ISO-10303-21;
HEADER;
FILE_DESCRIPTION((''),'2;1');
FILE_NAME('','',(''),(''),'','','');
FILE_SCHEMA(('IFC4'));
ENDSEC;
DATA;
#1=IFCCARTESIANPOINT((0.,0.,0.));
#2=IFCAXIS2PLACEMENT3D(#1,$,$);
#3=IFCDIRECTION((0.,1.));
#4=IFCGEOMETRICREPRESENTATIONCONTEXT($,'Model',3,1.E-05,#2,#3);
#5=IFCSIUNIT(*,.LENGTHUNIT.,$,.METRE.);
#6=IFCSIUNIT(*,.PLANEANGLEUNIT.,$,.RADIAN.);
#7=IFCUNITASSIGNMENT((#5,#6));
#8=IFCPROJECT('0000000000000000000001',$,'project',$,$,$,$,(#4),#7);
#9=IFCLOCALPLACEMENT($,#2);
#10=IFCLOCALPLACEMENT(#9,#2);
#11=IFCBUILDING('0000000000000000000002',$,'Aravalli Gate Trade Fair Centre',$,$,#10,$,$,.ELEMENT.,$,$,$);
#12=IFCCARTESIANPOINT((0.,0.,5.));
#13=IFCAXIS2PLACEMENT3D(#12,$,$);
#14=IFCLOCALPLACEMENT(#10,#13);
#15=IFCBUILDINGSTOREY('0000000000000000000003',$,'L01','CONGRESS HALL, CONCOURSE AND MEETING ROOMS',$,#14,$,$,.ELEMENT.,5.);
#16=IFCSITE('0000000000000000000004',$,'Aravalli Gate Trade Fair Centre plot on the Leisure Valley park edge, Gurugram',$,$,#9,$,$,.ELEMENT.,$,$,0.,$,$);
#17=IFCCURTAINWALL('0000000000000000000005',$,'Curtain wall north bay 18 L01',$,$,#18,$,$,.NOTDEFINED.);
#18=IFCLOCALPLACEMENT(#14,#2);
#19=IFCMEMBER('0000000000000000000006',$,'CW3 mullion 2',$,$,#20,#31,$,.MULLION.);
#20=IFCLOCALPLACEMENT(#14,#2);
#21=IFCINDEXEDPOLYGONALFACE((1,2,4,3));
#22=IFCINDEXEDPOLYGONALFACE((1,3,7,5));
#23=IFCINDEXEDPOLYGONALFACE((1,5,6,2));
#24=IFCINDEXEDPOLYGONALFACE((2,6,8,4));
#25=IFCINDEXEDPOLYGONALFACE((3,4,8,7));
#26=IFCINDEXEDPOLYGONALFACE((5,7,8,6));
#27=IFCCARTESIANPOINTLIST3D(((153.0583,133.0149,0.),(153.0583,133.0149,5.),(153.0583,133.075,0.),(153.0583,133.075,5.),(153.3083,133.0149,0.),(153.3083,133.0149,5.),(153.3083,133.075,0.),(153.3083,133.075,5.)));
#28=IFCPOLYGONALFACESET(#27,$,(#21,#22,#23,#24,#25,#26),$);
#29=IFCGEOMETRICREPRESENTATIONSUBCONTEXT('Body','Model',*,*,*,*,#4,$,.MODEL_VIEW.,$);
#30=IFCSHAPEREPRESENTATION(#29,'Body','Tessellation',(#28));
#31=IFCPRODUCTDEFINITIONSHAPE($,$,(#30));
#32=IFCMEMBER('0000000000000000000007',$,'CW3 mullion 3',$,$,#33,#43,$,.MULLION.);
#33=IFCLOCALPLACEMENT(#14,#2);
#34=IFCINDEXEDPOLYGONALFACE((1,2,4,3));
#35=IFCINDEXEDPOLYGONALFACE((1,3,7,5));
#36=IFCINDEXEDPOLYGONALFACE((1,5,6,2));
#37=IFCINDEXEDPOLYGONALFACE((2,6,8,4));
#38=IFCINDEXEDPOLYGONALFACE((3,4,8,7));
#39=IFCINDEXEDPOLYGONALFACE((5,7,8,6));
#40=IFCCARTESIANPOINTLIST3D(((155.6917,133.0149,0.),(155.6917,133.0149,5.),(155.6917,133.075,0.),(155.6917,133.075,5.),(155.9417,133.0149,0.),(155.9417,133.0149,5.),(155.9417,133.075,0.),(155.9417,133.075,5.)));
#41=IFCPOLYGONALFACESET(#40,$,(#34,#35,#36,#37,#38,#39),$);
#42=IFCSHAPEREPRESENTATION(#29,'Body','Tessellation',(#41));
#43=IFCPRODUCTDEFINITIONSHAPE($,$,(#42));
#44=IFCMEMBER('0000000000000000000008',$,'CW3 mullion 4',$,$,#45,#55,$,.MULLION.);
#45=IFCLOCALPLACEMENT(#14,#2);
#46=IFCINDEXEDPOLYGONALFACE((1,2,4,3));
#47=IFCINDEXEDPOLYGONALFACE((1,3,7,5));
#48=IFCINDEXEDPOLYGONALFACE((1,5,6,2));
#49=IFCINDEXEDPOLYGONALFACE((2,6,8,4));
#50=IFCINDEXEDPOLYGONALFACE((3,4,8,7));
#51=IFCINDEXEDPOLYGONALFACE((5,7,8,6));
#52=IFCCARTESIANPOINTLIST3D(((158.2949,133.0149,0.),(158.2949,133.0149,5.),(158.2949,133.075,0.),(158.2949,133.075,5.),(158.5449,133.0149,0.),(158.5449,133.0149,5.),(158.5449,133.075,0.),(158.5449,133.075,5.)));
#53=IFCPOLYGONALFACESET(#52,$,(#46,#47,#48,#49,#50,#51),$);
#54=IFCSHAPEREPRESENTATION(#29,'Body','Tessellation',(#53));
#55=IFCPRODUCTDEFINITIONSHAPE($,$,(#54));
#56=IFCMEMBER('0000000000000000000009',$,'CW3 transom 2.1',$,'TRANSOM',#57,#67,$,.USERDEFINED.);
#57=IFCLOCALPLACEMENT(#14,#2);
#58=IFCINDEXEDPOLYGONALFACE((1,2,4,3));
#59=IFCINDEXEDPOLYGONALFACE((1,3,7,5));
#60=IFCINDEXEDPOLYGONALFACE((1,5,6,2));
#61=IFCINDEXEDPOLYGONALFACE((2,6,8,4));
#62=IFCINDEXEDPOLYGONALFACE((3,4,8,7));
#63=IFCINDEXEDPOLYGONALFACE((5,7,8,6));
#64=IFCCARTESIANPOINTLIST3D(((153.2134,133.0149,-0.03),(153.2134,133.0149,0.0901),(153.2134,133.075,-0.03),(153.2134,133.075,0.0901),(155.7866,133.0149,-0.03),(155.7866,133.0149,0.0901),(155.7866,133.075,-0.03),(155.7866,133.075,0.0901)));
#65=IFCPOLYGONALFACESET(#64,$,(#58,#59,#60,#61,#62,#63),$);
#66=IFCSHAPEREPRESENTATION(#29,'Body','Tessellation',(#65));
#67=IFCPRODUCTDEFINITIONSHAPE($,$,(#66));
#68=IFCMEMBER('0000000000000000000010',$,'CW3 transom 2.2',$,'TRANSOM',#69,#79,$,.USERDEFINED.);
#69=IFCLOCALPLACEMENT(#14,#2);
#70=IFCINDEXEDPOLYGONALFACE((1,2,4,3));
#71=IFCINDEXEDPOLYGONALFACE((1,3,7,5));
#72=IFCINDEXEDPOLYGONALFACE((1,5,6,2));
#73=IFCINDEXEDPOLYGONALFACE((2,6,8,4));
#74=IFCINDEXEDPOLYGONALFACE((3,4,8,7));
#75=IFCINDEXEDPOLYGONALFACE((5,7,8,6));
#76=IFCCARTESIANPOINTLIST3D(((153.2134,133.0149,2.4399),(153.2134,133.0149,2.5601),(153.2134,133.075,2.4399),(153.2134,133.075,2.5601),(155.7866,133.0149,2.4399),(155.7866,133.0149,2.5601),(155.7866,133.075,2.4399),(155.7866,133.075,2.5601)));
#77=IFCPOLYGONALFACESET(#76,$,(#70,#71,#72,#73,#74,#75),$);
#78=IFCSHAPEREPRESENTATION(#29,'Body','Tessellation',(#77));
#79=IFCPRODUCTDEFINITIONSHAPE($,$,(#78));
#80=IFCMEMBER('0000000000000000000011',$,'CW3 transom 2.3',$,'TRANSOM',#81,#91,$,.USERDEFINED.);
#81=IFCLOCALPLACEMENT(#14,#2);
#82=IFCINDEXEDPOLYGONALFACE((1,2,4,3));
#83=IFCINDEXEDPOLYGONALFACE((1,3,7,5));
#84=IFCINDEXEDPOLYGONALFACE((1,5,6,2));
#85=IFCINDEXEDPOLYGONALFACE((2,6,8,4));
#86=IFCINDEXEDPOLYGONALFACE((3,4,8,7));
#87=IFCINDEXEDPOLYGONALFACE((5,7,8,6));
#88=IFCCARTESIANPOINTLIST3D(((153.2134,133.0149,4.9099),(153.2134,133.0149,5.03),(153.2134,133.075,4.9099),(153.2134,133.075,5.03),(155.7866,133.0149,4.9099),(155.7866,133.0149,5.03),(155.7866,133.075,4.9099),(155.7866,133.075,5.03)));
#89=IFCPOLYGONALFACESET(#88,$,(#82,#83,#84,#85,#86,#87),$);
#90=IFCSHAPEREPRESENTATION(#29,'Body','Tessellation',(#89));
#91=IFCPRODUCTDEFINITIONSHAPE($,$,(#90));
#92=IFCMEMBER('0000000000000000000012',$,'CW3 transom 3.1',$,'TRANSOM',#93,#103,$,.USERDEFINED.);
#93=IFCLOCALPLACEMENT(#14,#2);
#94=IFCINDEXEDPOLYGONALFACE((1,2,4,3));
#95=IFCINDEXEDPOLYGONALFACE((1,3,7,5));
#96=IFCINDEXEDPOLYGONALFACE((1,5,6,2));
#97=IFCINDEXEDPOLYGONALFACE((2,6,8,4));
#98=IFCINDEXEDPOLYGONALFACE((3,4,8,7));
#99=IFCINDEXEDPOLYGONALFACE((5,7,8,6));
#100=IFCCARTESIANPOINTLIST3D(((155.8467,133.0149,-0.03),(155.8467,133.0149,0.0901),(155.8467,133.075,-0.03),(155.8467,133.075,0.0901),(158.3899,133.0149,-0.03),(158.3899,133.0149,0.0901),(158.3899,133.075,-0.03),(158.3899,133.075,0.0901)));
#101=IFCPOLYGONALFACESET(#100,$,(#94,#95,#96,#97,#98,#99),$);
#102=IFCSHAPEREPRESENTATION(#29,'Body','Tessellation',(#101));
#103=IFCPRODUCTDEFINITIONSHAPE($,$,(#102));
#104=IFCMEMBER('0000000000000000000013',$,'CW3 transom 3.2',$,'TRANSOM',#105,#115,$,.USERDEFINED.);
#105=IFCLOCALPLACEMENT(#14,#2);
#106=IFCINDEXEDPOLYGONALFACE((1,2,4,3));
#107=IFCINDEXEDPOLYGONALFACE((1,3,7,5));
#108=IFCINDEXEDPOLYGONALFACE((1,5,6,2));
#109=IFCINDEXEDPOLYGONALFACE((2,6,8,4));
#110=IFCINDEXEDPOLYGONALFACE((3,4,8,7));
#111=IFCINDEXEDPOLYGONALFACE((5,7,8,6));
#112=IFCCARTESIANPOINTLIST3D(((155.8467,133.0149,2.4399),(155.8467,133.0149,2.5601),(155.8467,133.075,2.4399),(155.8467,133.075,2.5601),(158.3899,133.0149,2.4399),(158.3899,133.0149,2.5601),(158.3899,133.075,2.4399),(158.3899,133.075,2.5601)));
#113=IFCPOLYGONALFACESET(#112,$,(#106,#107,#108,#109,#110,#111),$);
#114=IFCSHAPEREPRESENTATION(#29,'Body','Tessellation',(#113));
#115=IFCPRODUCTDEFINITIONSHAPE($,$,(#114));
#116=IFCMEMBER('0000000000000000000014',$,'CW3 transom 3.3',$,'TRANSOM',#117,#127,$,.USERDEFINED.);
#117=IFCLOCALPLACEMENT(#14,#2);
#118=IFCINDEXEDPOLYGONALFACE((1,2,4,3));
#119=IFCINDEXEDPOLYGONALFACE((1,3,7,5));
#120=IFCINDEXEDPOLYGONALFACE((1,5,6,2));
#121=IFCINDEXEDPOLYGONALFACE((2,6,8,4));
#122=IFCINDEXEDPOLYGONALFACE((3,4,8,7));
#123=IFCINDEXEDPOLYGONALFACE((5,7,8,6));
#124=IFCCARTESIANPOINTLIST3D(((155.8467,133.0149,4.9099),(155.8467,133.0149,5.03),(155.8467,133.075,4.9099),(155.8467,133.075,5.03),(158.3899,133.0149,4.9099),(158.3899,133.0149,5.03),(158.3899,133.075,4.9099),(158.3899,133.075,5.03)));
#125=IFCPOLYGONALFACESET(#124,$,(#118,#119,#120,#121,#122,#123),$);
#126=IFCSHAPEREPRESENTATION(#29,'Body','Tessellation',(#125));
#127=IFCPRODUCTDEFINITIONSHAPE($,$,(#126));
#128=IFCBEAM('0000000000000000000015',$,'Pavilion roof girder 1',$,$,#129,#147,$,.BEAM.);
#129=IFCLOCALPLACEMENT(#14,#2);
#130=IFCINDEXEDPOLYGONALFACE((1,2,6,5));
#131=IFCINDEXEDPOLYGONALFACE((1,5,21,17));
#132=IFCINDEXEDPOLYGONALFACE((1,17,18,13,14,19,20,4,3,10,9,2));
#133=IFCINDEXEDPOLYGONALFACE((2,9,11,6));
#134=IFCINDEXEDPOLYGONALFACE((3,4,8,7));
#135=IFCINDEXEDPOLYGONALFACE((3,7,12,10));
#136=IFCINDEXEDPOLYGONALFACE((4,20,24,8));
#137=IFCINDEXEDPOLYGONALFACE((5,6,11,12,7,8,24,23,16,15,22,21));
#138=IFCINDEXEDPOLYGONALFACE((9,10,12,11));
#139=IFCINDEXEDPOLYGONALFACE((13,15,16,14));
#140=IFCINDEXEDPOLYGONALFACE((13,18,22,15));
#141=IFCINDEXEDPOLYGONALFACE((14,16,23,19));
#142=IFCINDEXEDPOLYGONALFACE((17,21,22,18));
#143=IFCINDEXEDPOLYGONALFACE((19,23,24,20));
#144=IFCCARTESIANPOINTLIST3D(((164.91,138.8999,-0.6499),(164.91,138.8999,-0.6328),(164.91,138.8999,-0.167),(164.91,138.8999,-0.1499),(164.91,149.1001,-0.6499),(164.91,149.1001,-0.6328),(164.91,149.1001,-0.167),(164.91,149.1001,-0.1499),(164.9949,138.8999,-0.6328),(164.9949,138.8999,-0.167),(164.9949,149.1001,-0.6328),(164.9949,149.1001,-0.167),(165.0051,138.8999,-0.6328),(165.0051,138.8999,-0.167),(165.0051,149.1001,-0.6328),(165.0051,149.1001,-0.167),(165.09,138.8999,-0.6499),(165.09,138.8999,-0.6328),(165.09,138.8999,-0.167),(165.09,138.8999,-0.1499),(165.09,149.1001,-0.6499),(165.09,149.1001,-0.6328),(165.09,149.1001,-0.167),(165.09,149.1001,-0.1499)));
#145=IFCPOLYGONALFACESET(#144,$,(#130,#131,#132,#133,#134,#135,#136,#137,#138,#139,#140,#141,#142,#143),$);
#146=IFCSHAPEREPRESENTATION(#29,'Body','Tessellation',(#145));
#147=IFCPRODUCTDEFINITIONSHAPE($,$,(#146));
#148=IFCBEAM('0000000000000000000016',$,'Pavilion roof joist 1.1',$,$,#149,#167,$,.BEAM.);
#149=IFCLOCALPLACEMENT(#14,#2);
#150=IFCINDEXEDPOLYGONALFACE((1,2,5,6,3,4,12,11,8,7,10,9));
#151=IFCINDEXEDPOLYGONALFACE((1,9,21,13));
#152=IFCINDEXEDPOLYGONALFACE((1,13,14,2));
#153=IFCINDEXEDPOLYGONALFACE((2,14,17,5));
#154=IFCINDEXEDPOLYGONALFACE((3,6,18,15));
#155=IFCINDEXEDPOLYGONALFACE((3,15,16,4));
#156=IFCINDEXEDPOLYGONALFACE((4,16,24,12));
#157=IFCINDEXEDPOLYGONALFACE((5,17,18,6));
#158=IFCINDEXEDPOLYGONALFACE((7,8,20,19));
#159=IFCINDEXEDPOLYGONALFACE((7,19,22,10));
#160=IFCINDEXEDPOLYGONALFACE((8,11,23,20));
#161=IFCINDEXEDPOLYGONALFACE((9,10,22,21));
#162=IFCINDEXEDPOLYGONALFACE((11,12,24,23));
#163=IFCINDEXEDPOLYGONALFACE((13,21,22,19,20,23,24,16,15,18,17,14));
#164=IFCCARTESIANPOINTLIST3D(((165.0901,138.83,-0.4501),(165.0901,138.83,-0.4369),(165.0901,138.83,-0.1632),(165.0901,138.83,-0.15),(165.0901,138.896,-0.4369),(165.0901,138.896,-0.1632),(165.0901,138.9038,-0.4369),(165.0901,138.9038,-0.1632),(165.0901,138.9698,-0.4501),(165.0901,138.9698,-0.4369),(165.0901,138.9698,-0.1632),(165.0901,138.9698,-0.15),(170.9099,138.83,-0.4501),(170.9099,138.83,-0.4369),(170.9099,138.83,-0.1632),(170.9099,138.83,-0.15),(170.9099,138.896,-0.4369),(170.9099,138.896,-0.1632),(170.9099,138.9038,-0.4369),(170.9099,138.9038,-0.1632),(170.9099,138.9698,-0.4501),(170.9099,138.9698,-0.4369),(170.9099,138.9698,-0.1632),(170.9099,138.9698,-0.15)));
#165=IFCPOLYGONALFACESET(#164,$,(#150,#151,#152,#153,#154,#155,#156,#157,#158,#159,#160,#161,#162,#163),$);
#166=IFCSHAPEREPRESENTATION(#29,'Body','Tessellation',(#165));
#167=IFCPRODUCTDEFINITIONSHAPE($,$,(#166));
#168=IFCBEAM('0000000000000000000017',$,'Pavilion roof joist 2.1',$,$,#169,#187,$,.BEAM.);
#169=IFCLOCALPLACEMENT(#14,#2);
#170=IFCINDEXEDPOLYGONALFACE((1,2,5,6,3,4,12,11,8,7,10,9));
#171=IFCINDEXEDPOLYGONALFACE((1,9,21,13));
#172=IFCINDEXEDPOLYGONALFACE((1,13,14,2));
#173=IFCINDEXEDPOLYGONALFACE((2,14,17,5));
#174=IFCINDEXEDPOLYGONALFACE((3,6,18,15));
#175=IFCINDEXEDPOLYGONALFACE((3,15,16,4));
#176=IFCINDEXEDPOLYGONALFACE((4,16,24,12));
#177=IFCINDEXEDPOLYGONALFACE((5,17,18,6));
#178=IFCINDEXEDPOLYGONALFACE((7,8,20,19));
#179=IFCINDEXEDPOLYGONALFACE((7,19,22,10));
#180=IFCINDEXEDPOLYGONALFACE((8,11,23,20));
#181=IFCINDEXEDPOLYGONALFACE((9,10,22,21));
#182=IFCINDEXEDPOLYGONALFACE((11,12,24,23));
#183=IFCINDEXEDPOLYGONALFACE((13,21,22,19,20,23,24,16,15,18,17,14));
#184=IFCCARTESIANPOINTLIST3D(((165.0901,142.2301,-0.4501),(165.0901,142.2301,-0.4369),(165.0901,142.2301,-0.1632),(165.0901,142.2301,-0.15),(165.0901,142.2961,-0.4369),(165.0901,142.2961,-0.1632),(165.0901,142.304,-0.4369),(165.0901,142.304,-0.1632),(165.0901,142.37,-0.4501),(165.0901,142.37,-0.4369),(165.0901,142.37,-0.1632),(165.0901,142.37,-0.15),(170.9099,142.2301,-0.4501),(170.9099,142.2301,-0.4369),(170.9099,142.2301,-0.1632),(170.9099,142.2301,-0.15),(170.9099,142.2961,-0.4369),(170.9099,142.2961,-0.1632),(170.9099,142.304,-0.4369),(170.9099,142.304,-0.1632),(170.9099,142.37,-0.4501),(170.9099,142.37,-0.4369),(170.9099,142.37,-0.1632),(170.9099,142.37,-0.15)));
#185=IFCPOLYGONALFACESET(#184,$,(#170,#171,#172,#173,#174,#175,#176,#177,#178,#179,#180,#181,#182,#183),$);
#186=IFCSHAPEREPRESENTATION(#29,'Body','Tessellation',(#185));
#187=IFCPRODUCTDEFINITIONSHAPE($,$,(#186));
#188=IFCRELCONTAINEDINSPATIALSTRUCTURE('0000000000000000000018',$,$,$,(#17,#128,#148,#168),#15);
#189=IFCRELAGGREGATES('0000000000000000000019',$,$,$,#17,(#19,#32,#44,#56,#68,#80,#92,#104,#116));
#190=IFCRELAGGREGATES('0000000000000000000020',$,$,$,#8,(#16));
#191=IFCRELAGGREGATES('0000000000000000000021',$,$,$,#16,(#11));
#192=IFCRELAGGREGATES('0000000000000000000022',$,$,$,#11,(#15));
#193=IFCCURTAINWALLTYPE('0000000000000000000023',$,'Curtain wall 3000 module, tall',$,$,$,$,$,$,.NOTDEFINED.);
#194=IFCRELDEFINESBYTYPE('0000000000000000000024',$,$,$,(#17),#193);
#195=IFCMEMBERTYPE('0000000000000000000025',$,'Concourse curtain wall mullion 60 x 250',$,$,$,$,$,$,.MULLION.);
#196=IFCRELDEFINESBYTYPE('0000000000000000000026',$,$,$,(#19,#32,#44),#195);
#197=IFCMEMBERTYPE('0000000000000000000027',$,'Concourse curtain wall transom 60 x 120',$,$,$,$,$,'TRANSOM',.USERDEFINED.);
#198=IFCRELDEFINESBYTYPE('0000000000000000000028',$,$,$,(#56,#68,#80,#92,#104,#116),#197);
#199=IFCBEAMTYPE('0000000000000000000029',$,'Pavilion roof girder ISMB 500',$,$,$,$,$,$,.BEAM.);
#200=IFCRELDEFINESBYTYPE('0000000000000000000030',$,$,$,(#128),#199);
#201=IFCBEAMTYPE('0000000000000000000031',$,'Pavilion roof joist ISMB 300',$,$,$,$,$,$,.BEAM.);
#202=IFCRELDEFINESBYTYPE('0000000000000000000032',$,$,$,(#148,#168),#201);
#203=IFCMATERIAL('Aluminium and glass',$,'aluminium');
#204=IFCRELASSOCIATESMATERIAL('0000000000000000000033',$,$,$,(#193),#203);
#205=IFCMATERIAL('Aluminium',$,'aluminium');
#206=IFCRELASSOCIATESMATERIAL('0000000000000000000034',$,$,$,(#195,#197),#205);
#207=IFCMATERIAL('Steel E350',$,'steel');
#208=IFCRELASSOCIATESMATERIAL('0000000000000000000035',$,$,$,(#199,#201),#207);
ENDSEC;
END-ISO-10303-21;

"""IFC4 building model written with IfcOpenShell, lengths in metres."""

from ifc_helpers import new_model, si_unit, direction, frame, origin, origin_2d, place, context, subcontext, project, spatial, rectangle, i_section, extrude, material, material_profile, profile_set, type_object, element, aggregate, save


model = new_model("IFC4")

# Units and contexts
model_context = context("Model", 3, precision=1e-05, world=origin(), true_north=direction((0.0, 1.0)))
body_context = subcontext(model_context, "Body", "Model", "MODEL_VIEW")
ifc_project = project(units=[si_unit("LENGTHUNIT", "METRE"), si_unit("PLANEANGLEUNIT", "RADIAN")], contexts=[model_context])

# Site, building, storey
site_placement = place(None, origin())
site = spatial("IfcSite", under=ifc_project, at=site_placement, Name="Aravalli Gate Trade Fair Centre plot on the Leisure Valley park edge, Gurugram", CompositionType="ELEMENT", RefElevation=0.0)
building_placement = place(site_placement, origin())
building = spatial("IfcBuilding", under=site, at=building_placement, Name="Aravalli Gate Trade Fair Centre", CompositionType="ELEMENT")
storey_placement = place(building_placement, frame((0.0, 0.0, 5.0)))
storey = spatial("IfcBuildingStorey", under=building, at=storey_placement, Name="L01", Description="CONGRESS HALL, CONCOURSE AND MEETING ROOMS", CompositionType="ELEMENT", Elevation=5.0)

# Curtain wall, members
ifc_material_1 = material(Name="Aluminium and glass", Category="aluminium")
curtain_wall_type_1 = type_object("IfcCurtainWallType", Name="Curtain wall 3000 module, tall", PredefinedType="NOTDEFINED", material=ifc_material_1)
curtain_wall_1_placement = place(storey_placement, origin())
curtain_wall_1 = element("IfcCurtainWall", 1, at=curtain_wall_1_placement, inside=storey, type_object=curtain_wall_type_1, Name="Curtain wall north bay 18 L01", PredefinedType="NOTDEFINED")
ifc_material_2 = material(Name="Aluminium", Category="aluminium")
ifc_material_profile_1 = material_profile(ifc_material_2, rectangle(XDim=0.0601, YDim=0.25, at=origin_2d()), Name="Concourse curtain wall mullion 60 x 250")
ifc_profile_set_1 = profile_set([ifc_material_profile_1], Name="Aluminium")
member_type_1 = type_object("IfcMemberType", Name="Concourse curtain wall mullion 60 x 250", PredefinedType="MULLION", material=ifc_profile_set_1)
member_1_placement = place(storey_placement, frame((153.1833, 133.0449, 0.0), z_axis=(0.0, 0.0, 1.0), x_axis=(0.0, 1.0, 0.0)))
member_1 = element("IfcMember", 2, at=member_1_placement, type_object=member_type_1, Name="CW3 mullion 2", PredefinedType="MULLION", context=body_context, shape_type="SweptSolid", body=[
    extrude(rectangle(XDim=0.0601, YDim=0.25, at=origin_2d()), origin(), (0.0, 0.0, 1.0), 5.0),
])
member_2_placement = place(storey_placement, frame((155.8167, 133.0449, 0.0), z_axis=(0.0, 0.0, 1.0), x_axis=(0.0, 1.0, 0.0)))
member_2 = element("IfcMember", 3, at=member_2_placement, type_object=member_type_1, Name="CW3 mullion 3", PredefinedType="MULLION", context=body_context, shape_type="SweptSolid", body=[
    extrude(rectangle(XDim=0.0601, YDim=0.25, at=origin_2d()), origin(), (0.0, 0.0, 1.0), 5.0),
])
member_3_placement = place(storey_placement, frame((158.4199, 133.0449, 0.0), z_axis=(0.0, 0.0, 1.0), x_axis=(0.0, 1.0, 0.0)))
member_3 = element("IfcMember", 4, at=member_3_placement, type_object=member_type_1, Name="CW3 mullion 4", PredefinedType="MULLION", context=body_context, shape_type="SweptSolid", body=[
    extrude(rectangle(XDim=0.0601, YDim=0.25, at=origin_2d()), origin(), (0.0, 0.0, 1.0), 5.0),
])
ifc_material_profile_2 = material_profile(ifc_material_2, rectangle(XDim=0.0601, YDim=0.1201, at=origin_2d()), Name="Concourse curtain wall transom 60 x 120")
ifc_profile_set_2 = profile_set([ifc_material_profile_2], Name="Aluminium")
member_type_2 = type_object("IfcMemberType", Name="Concourse curtain wall transom 60 x 120", ElementType="TRANSOM", PredefinedType="USERDEFINED", material=ifc_profile_set_2)
member_4_placement = place(storey_placement, frame((153.2134, 133.0449, 0.03), z_axis=(1.0, 0.0, 0.0), x_axis=(0.0, 1.0, 0.0)))
member_4 = element("IfcMember", 5, at=member_4_placement, type_object=member_type_2, Name="CW3 transom 2.1", ObjectType="TRANSOM", PredefinedType="USERDEFINED", context=body_context, shape_type="SweptSolid", body=[
    extrude(rectangle(XDim=0.0601, YDim=0.1201, at=origin_2d()), origin(), (0.0, 0.0, 1.0), 2.5732),
])
member_5_placement = place(storey_placement, frame((153.2134, 133.0449, 2.5), z_axis=(1.0, 0.0, 0.0), x_axis=(0.0, 1.0, 0.0)))
member_5 = element("IfcMember", 6, at=member_5_placement, type_object=member_type_2, Name="CW3 transom 2.2", ObjectType="TRANSOM", PredefinedType="USERDEFINED", context=body_context, shape_type="SweptSolid", body=[
    extrude(rectangle(XDim=0.0601, YDim=0.1201, at=origin_2d()), origin(), (0.0, 0.0, 1.0), 2.5732),
])
member_6_placement = place(storey_placement, frame((153.2134, 133.0449, 4.97), z_axis=(1.0, 0.0, 0.0), x_axis=(0.0, 1.0, 0.0)))
member_6 = element("IfcMember", 7, at=member_6_placement, type_object=member_type_2, Name="CW3 transom 2.3", ObjectType="TRANSOM", PredefinedType="USERDEFINED", context=body_context, shape_type="SweptSolid", body=[
    extrude(rectangle(XDim=0.0601, YDim=0.1201, at=origin_2d()), origin(), (0.0, 0.0, 1.0), 2.5732),
])
member_7_placement = place(storey_placement, frame((155.8467, 133.0449, 0.03), z_axis=(1.0, 0.0, 0.0), x_axis=(0.0, 1.0, 0.0)))
member_7 = element("IfcMember", 8, at=member_7_placement, type_object=member_type_2, Name="CW3 transom 3.1", ObjectType="TRANSOM", PredefinedType="USERDEFINED", context=body_context, shape_type="SweptSolid", body=[
    extrude(rectangle(XDim=0.0601, YDim=0.1201, at=origin_2d()), origin(), (0.0, 0.0, 1.0), 2.5432),
])
member_8_placement = place(storey_placement, frame((155.8467, 133.0449, 2.5), z_axis=(1.0, 0.0, 0.0), x_axis=(0.0, 1.0, 0.0)))
member_8 = element("IfcMember", 9, at=member_8_placement, type_object=member_type_2, Name="CW3 transom 3.2", ObjectType="TRANSOM", PredefinedType="USERDEFINED", context=body_context, shape_type="SweptSolid", body=[
    extrude(rectangle(XDim=0.0601, YDim=0.1201, at=origin_2d()), origin(), (0.0, 0.0, 1.0), 2.5432),
])
member_9_placement = place(storey_placement, frame((155.8467, 133.0449, 4.97), z_axis=(1.0, 0.0, 0.0), x_axis=(0.0, 1.0, 0.0)))
member_9 = element("IfcMember", 10, at=member_9_placement, type_object=member_type_2, Name="CW3 transom 3.3", ObjectType="TRANSOM", PredefinedType="USERDEFINED", context=body_context, shape_type="SweptSolid", body=[
    extrude(rectangle(XDim=0.0601, YDim=0.1201, at=origin_2d()), origin(), (0.0, 0.0, 1.0), 2.5432),
])

# Beams
ifc_material_3 = material(Name="Steel E350", Category="steel")
ifc_material_profile_3 = material_profile(ifc_material_3, i_section(OverallWidth=0.1799, OverallDepth=0.5, WebThickness=0.0103, FlangeThickness=0.0171, at=origin_2d()), Name="ISMB 500")
ifc_profile_set_3 = profile_set([ifc_material_profile_3], Name="Steel E350")
beam_type_1 = type_object("IfcBeamType", Name="Pavilion roof girder ISMB 500", PredefinedType="BEAM", material=ifc_profile_set_3)
beam_placement = place(storey_placement, frame((165.0, 138.8999, -0.3999), z_axis=(0.0, 1.0, 0.0), x_axis=(-1.0, 0.0, 0.0)))
element("IfcBeam", 11, at=beam_placement, inside=storey, type_object=beam_type_1, Name="Pavilion roof girder 1", PredefinedType="BEAM", context=body_context, shape_type="SweptSolid", body=[
    extrude(i_section(OverallWidth=0.1799, OverallDepth=0.5, WebThickness=0.0103, FlangeThickness=0.0171, at=origin_2d()), origin(), (0.0, 0.0, 1.0), 10.2002),
])
ifc_material_profile_4 = material_profile(ifc_material_3, i_section(OverallWidth=0.1399, OverallDepth=0.3, WebThickness=0.0078, FlangeThickness=0.0132, at=origin_2d()), Name="ISMB 300")
ifc_profile_set_4 = profile_set([ifc_material_profile_4], Name="Steel E350")
beam_type_2 = type_object("IfcBeamType", Name="Pavilion roof joist ISMB 300", PredefinedType="BEAM", material=ifc_profile_set_4)
for number, where, z_axis, x_axis, name in (
    (12, (165.0901, 138.8999, -0.3), (1.0, 0.0, 0.0), (0.0, 1.0, 0.0), "Pavilion roof joist 1.1"),
    (13, (165.0901, 142.3, -0.3), (1.0, 0.0, 0.0), (0.0, 1.0, 0.0), "Pavilion roof joist 2.1"),
):
    element("IfcBeam", number, at=place(storey_placement, frame(where, z_axis=z_axis, x_axis=x_axis)), inside=storey, type_object=beam_type_2, Name=name, PredefinedType="BEAM", context=body_context, shape_type="SweptSolid", body=[
        extrude(i_section(OverallWidth=0.1399, OverallDepth=0.3, WebThickness=0.0078, FlangeThickness=0.0132, at=origin_2d()), origin(), (0.0, 0.0, 1.0), 5.8198),
    ])

aggregate(curtain_wall_1, [member_1, member_2, member_3, member_4, member_5, member_6, member_7, member_8, member_9])

save(model, "model.ifc")
